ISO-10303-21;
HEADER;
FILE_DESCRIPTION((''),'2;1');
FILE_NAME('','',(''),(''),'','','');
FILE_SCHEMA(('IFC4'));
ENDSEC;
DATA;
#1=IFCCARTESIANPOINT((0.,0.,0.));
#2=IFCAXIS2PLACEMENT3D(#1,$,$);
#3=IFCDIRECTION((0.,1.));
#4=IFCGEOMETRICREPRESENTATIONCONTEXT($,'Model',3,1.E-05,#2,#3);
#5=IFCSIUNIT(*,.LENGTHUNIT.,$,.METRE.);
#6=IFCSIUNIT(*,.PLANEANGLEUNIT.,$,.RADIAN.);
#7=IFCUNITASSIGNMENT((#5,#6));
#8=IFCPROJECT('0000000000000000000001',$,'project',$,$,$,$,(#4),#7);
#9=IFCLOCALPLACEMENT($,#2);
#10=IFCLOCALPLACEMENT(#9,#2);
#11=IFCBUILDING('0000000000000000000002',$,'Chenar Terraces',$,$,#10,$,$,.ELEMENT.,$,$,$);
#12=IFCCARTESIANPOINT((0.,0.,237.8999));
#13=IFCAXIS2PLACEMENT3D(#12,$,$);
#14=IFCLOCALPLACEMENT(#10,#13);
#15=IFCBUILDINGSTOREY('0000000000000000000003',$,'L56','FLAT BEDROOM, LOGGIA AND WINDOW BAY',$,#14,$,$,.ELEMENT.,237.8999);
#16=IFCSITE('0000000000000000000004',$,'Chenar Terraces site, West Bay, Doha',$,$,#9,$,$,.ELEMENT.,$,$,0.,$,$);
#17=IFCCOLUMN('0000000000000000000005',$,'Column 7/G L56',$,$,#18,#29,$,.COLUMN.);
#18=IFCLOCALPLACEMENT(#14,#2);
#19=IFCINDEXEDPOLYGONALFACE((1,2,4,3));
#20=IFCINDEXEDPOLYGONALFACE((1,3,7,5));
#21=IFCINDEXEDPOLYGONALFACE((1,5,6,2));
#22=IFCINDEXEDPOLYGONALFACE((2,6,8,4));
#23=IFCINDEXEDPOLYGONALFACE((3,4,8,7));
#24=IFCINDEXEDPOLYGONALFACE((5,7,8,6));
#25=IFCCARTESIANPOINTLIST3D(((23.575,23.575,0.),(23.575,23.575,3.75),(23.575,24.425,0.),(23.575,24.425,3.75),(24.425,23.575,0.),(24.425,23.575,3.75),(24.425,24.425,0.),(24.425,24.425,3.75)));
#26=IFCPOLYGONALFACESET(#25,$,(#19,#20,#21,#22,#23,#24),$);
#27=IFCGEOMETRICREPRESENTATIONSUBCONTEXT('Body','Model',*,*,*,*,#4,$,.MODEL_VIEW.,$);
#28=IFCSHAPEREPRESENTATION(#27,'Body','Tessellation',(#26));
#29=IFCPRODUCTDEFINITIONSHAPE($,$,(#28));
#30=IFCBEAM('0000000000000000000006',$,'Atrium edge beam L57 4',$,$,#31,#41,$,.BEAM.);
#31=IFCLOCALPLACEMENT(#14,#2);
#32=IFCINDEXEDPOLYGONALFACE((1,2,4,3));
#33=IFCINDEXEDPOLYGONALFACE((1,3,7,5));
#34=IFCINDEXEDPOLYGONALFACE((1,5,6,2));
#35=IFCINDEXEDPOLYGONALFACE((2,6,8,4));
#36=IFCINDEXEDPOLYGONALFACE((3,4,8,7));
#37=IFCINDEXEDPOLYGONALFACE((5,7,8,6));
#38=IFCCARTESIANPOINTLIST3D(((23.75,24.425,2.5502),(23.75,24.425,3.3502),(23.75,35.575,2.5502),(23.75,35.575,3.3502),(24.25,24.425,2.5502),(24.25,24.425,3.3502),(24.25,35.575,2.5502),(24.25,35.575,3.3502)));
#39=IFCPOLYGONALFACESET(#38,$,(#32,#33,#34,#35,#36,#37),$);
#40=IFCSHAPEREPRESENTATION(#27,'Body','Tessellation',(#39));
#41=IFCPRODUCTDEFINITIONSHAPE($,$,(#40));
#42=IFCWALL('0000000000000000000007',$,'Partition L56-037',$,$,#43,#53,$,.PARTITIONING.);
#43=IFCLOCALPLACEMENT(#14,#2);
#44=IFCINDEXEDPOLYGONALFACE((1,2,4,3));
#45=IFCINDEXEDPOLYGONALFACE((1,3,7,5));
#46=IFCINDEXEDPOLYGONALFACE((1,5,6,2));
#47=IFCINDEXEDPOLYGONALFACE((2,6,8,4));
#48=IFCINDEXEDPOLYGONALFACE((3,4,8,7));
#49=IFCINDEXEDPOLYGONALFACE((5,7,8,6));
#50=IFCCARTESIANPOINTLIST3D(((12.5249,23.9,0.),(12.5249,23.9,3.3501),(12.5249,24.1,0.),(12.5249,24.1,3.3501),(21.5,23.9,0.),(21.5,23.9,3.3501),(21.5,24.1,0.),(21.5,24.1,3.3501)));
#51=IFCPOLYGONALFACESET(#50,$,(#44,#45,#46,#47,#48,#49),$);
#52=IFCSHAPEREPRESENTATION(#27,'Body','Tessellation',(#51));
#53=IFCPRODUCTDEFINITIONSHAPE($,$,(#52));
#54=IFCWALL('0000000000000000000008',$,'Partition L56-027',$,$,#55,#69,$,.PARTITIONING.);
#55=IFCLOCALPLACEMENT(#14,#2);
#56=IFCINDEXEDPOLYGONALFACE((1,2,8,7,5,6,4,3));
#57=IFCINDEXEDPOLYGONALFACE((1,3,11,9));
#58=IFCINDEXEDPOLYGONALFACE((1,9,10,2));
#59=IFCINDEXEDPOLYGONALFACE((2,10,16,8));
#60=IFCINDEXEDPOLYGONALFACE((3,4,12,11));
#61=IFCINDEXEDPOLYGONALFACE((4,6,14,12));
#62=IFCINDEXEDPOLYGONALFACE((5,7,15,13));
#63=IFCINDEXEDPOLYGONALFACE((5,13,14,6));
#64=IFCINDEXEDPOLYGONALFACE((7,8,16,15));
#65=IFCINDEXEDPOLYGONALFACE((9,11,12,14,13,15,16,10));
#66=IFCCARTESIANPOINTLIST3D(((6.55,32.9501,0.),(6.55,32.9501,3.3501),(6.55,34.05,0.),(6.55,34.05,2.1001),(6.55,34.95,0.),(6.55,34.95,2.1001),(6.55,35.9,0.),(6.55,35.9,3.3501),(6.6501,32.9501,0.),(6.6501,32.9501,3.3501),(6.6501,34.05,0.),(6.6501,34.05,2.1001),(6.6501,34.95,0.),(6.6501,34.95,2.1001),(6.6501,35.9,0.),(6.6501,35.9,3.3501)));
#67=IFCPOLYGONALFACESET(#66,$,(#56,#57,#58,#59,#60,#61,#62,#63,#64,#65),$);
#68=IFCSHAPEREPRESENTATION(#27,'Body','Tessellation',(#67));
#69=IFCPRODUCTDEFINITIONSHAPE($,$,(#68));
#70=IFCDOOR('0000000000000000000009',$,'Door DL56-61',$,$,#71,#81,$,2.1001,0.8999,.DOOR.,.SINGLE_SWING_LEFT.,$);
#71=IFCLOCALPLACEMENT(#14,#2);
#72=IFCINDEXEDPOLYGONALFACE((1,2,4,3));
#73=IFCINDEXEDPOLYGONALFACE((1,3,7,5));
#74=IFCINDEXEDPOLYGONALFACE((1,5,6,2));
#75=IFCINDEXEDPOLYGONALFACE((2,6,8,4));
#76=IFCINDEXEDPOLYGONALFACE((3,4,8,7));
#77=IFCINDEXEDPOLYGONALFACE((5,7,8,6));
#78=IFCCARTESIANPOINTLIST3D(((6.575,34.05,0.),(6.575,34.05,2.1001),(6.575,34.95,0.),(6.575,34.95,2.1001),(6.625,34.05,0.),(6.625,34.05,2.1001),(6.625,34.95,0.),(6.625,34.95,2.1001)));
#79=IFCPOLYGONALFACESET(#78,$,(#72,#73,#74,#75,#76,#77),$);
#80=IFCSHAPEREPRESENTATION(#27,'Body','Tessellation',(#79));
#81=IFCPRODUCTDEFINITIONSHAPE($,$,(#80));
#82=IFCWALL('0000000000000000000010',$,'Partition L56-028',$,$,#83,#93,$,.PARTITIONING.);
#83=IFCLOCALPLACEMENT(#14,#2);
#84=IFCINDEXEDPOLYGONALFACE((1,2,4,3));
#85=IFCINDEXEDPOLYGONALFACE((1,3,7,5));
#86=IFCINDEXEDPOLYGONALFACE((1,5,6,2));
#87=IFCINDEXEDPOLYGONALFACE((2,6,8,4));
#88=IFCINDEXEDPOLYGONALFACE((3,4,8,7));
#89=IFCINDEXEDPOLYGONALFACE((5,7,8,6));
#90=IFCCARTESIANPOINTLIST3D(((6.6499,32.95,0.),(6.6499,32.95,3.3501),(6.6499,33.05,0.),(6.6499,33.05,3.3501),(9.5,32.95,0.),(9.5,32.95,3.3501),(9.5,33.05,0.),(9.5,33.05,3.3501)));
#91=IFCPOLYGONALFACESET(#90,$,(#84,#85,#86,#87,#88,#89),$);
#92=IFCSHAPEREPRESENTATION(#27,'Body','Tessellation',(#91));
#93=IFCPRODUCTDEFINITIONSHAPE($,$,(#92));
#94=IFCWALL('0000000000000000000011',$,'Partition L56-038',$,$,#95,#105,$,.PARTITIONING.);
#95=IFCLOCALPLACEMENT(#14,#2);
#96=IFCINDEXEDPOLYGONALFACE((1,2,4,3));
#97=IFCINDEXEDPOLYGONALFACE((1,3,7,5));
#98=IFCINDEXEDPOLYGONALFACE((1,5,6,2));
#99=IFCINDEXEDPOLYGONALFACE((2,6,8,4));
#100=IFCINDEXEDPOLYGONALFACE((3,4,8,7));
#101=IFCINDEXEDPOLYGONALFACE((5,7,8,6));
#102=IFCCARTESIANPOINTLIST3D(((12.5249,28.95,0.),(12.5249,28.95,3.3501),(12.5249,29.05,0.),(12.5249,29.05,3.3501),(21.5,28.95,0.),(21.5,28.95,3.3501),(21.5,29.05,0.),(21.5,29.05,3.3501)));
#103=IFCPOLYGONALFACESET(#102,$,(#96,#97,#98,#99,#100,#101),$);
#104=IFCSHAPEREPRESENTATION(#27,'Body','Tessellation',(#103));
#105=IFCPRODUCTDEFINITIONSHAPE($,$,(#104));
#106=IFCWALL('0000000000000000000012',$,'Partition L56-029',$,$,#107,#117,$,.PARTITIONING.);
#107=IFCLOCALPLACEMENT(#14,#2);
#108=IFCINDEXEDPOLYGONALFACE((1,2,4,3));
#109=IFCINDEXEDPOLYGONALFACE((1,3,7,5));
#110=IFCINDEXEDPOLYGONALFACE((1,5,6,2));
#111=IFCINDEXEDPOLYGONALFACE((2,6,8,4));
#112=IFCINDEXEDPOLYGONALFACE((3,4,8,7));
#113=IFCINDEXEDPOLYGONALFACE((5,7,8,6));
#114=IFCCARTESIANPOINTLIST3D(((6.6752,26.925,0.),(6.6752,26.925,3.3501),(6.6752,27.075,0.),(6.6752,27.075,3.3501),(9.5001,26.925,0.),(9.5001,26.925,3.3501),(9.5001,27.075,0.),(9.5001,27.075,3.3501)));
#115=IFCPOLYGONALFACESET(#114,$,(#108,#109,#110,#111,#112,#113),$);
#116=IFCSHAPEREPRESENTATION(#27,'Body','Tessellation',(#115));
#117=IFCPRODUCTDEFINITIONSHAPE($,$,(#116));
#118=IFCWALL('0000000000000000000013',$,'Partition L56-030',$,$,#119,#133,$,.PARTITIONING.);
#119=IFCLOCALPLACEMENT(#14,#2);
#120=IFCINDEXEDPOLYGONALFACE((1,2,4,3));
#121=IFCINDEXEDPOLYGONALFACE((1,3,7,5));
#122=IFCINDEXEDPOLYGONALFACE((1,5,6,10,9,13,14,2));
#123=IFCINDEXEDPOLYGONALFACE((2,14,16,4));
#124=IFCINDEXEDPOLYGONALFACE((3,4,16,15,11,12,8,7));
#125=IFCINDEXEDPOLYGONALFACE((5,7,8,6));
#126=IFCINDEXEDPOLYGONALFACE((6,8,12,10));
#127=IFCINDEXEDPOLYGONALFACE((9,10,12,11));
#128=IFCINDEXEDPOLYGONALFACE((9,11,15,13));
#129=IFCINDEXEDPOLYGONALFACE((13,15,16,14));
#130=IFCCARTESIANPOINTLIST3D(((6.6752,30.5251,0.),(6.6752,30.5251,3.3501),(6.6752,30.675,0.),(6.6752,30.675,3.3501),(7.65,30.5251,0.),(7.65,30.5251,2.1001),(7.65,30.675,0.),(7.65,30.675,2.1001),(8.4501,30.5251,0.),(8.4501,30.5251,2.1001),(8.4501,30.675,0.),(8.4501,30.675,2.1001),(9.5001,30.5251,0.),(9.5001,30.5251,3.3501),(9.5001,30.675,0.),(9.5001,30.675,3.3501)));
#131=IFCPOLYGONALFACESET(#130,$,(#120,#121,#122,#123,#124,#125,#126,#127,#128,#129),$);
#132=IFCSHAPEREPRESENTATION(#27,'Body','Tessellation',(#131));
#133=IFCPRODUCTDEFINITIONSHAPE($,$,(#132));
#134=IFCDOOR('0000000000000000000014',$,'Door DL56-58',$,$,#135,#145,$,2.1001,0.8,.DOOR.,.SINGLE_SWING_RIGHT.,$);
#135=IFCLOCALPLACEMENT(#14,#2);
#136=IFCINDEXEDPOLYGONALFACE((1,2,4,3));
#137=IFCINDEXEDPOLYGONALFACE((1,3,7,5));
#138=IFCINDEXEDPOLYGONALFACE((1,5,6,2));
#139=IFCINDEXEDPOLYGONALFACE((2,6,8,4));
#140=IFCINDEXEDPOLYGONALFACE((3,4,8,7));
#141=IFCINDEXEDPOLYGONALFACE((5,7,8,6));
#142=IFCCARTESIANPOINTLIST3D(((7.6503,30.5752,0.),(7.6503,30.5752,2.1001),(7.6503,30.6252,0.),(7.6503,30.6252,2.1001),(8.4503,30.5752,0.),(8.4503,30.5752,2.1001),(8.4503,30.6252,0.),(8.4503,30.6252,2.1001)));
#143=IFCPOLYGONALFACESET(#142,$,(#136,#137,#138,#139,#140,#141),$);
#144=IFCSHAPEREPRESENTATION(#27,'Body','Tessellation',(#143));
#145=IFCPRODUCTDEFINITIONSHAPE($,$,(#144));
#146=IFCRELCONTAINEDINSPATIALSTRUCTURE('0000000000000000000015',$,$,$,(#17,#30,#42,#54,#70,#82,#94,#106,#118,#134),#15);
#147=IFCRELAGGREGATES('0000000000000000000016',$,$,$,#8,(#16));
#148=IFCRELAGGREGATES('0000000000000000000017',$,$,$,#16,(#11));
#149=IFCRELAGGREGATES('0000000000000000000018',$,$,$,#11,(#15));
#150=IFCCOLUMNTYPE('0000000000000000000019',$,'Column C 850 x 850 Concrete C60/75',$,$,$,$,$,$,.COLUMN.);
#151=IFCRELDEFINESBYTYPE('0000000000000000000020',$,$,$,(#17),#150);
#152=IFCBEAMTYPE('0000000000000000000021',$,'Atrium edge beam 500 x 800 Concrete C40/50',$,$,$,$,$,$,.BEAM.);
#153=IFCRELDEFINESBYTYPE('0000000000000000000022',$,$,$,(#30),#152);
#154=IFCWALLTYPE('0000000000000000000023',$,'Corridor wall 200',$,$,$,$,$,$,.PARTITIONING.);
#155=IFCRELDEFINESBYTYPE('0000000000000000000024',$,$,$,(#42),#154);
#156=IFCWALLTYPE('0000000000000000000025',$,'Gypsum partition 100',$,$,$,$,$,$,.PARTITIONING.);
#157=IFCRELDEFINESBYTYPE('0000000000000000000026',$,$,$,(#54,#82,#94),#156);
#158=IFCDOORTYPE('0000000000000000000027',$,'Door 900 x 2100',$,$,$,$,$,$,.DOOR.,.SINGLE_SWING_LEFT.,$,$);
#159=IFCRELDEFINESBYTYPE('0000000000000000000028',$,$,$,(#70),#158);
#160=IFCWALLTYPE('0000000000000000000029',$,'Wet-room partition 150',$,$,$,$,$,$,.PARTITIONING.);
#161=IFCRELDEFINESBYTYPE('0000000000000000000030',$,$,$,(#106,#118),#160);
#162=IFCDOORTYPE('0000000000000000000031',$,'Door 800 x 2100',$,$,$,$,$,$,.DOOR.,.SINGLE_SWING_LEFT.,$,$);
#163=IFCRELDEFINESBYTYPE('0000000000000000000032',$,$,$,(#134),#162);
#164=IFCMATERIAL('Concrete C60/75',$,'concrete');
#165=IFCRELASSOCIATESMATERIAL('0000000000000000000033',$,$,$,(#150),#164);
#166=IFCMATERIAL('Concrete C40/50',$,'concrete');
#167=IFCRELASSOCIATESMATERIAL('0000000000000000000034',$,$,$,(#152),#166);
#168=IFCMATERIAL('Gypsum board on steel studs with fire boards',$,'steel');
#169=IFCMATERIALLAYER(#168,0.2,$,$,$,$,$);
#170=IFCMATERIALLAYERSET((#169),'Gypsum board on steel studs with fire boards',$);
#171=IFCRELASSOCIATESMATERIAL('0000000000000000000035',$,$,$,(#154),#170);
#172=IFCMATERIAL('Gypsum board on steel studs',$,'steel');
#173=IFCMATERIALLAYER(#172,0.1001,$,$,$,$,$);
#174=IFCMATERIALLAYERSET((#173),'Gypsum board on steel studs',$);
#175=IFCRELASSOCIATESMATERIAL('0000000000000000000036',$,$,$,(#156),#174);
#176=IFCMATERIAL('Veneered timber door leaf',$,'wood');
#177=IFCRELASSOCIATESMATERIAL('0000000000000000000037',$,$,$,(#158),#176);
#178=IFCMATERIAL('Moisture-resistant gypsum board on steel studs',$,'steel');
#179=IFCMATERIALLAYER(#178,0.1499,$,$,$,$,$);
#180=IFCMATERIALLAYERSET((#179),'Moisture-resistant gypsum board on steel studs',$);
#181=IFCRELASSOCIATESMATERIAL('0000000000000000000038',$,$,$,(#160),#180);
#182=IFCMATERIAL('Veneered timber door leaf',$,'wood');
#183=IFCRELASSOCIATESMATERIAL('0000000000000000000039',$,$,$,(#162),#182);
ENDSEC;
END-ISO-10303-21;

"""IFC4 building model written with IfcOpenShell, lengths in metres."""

from ifc_helpers import new_model, si_unit, direction, frame, frame_2d, origin, origin_2d, place, context, subcontext, project, spatial, rectangle, extrude, material, layer, layer_set, material_profile, profile_set, type_object, element, fill, save


model = new_model("IFC4")

# Units and contexts
model_context = context("Model", 3, precision=1e-05, world=origin(), true_north=direction((0.0, 1.0)))
body_context = subcontext(model_context, "Body", "Model", "MODEL_VIEW")
ifc_project = project(units=[si_unit("LENGTHUNIT", "METRE"), si_unit("PLANEANGLEUNIT", "RADIAN")], contexts=[model_context])

# Site, building, storey
site_placement = place(None, origin())
site = spatial("IfcSite", under=ifc_project, at=site_placement, Name="Chenar Terraces site, West Bay, Doha", CompositionType="ELEMENT", RefElevation=0.0)
building_placement = place(site_placement, origin())
building = spatial("IfcBuilding", under=site, at=building_placement, Name="Chenar Terraces", CompositionType="ELEMENT")
storey_placement = place(building_placement, frame((0.0, 0.0, 237.8999)))
storey = spatial("IfcBuildingStorey", under=building, at=storey_placement, Name="L56", Description="FLAT BEDROOM, LOGGIA AND WINDOW BAY", CompositionType="ELEMENT", Elevation=237.8999)

# Column
ifc_material_1 = material(Name="Concrete C60/75", Category="concrete")
ifc_material_profile_1 = material_profile(ifc_material_1, rectangle(XDim=0.8501, YDim=0.8501, at=origin_2d()), Name="C 850 x 850")
ifc_profile_set_1 = profile_set([ifc_material_profile_1], Name="Concrete C60/75")
column_type = type_object("IfcColumnType", Name="Column C 850 x 850 Concrete C60/75", PredefinedType="COLUMN", material=ifc_profile_set_1)
column_placement = place(storey_placement, frame((24.0, 24.0, 0.0), z_axis=(0.0, 0.0, 1.0), x_axis=(1.0, 0.0, 0.0)))
element("IfcColumn", 1, at=column_placement, inside=storey, type_object=column_type, Name="Column 7/G L56", PredefinedType="COLUMN", context=body_context, shape_type="SweptSolid", body=[
    extrude(rectangle(XDim=0.8501, YDim=0.8501, at=origin_2d()), origin(), (0.0, 0.0, 1.0), 3.75),
])

# Beam
ifc_material_2 = material(Name="Concrete C40/50", Category="concrete")
ifc_material_profile_2 = material_profile(ifc_material_2, rectangle(XDim=0.5, YDim=0.8, at=origin_2d()), Name="RC 500 x 800")
ifc_profile_set_2 = profile_set([ifc_material_profile_2], Name="Concrete C40/50")
beam_type = type_object("IfcBeamType", Name="Atrium edge beam 500 x 800 Concrete C40/50", PredefinedType="BEAM", material=ifc_profile_set_2)
beam_placement = place(storey_placement, frame((24.0, 35.575, 2.9502), z_axis=(0.0, -1.0, 0.0), x_axis=(1.0, 0.0, 0.0)))
element("IfcBeam", 2, at=beam_placement, inside=storey, type_object=beam_type, Name="Atrium edge beam L57 4", PredefinedType="BEAM", context=body_context, shape_type="SweptSolid", body=[
    extrude(rectangle(XDim=0.5, YDim=0.8, at=origin_2d()), origin(), (0.0, 0.0, 1.0), 11.1499),
])

# Wall
ifc_material_3 = material(Name="Gypsum board on steel studs with fire boards", Category="steel")
ifc_layer_1 = layer(ifc_material_3, 0.2)
ifc_layer_set_1 = layer_set([ifc_layer_1], Name="Gypsum board on steel studs with fire boards")
wall_type_1 = type_object("IfcWallType", Name="Corridor wall 200", PredefinedType="PARTITIONING", material=ifc_layer_set_1)
wall_1_placement = place(storey_placement, frame((12.5249, 24.0, 0.0), z_axis=(0.0, 0.0, 1.0), x_axis=(1.0, 0.0, 0.0)))
element("IfcWall", 3, at=wall_1_placement, inside=storey, type_object=wall_type_1, Name="Partition L56-037", PredefinedType="PARTITIONING", context=body_context, shape_type="SweptSolid", body=[
    extrude(rectangle(XDim=8.9751, YDim=0.2, at=frame_2d((4.4875, 0.0))), origin(), (0.0, 0.0, 1.0), 3.3501),
])

# Wall, opening, door
ifc_material_4 = material(Name="Gypsum board on steel studs", Category="steel")
ifc_layer_2 = layer(ifc_material_4, 0.1001)
ifc_layer_set_2 = layer_set([ifc_layer_2], Name="Gypsum board on steel studs")
wall_type_2 = type_object("IfcWallType", Name="Gypsum partition 100", PredefinedType="PARTITIONING", material=ifc_layer_set_2)
wall_2_placement = place(storey_placement, frame((6.6001, 32.95, 0.0), z_axis=(0.0, 0.0, 1.0), x_axis=(0.0, 1.0, 0.0)))
wall_2 = element("IfcWall", 4, at=wall_2_placement, inside=storey, type_object=wall_type_2, Name="Partition L56-027", PredefinedType="PARTITIONING", context=body_context, shape_type="SweptSolid", body=[
    extrude(rectangle(XDim=2.95, YDim=0.1001, at=frame_2d((1.4751, 0.0))), origin(), (0.0, 0.0, 1.0), 3.3501),
])
opening_1_placement = place(wall_2_placement, frame((1.1001, 0.0, 0.0)))
opening_1 = element("IfcOpeningElement", 5, at=opening_1_placement, cuts=wall_2, PredefinedType="OPENING", context=body_context, shape_type="SweptSolid", body=[
    extrude(rectangle(XDim=0.8999, YDim=2.1001, at=frame_2d((0.45, 1.05))), frame((0.0, 0.0601, 0.0), z_axis=(0.0, -1.0, 0.0), x_axis=(1.0, 0.0, 0.0)), (0.0, 0.0, 1.0), 0.1201),
])
ifc_material_5 = material(Name="Veneered timber door leaf", Category="wood")
door_type_1 = type_object("IfcDoorType", Name="Door 900 x 2100", OperationType="SINGLE_SWING_LEFT", PredefinedType="DOOR", material=ifc_material_5)
door_1_placement = place(opening_1_placement, frame((0.8999, 0.0, 0.0), z_axis=(0.0, 0.0, 1.0), x_axis=(-1.0, 0.0, 0.0)))
door_1 = element("IfcDoor", 6, at=door_1_placement, inside=storey, type_object=door_type_1, Name="Door DL56-61", OperationType="SINGLE_SWING_LEFT", OverallHeight=2.1001, OverallWidth=0.8999, PredefinedType="DOOR", context=body_context, shape_type="SweptSolid", body=[
    extrude(rectangle(XDim=0.8999, YDim=2.1001, at=frame_2d((0.45, 1.05))), frame((0.0, 0.0249, 0.0), z_axis=(0.0, -1.0, 0.0), x_axis=(1.0, 0.0, 0.0)), (0.0, 0.0, 1.0), 0.05),
])
fill(opening_1, door_1)

# Walls
wall_3_placement = place(storey_placement, frame((6.6499, 33.0, 0.0), z_axis=(0.0, 0.0, 1.0), x_axis=(1.0, 0.0, 0.0)))
element("IfcWall", 7, at=wall_3_placement, inside=storey, type_object=wall_type_2, Name="Partition L56-028", PredefinedType="PARTITIONING", context=body_context, shape_type="SweptSolid", body=[
    extrude(rectangle(XDim=2.8501, YDim=0.1001, at=frame_2d((1.425, 0.0))), origin(), (0.0, 0.0, 1.0), 3.3501),
])
wall_4_placement = place(storey_placement, frame((12.5249, 29.0, 0.0), z_axis=(0.0, 0.0, 1.0), x_axis=(1.0, 0.0, 0.0)))
element("IfcWall", 8, at=wall_4_placement, inside=storey, type_object=wall_type_2, Name="Partition L56-038", PredefinedType="PARTITIONING", context=body_context, shape_type="SweptSolid", body=[
    extrude(rectangle(XDim=8.9751, YDim=0.1001, at=frame_2d((4.4875, 0.0))), origin(), (0.0, 0.0, 1.0), 3.3501),
])
ifc_material_6 = material(Name="Moisture-resistant gypsum board on steel studs", Category="steel")
ifc_layer_3 = layer(ifc_material_6, 0.1499)
ifc_layer_set_3 = layer_set([ifc_layer_3], Name="Moisture-resistant gypsum board on steel studs")
wall_type_3 = type_object("IfcWallType", Name="Wet-room partition 150", PredefinedType="PARTITIONING", material=ifc_layer_set_3)
wall_5_placement = place(storey_placement, frame((6.675, 27.0, 0.0), z_axis=(0.0, 0.0, 1.0), x_axis=(1.0, 0.0, 0.0)))
element("IfcWall", 9, at=wall_5_placement, inside=storey, type_object=wall_type_3, Name="Partition L56-029", PredefinedType="PARTITIONING", context=body_context, shape_type="SweptSolid", body=[
    extrude(rectangle(XDim=2.825, YDim=0.1499, at=frame_2d((1.4126, 0.0))), origin(), (0.0, 0.0, 1.0), 3.3501),
])

# Wall, opening, door
wall_6_placement = place(storey_placement, frame((6.675, 30.6001, 0.0), z_axis=(0.0, 0.0, 1.0), x_axis=(1.0, 0.0, 0.0)))
wall_6 = element("IfcWall", 10, at=wall_6_placement, inside=storey, type_object=wall_type_3, Name="Partition L56-030", PredefinedType="PARTITIONING", context=body_context, shape_type="SweptSolid", body=[
    extrude(rectangle(XDim=2.825, YDim=0.1499, at=frame_2d((1.4126, 0.0))), origin(), (0.0, 0.0, 1.0), 3.3501),
])
opening_2_placement = place(wall_6_placement, frame((0.9751, 0.0, 0.0)))
opening_2 = element("IfcOpeningElement", 11, at=opening_2_placement, cuts=wall_6, PredefinedType="OPENING", context=body_context, shape_type="SweptSolid", body=[
    extrude(rectangle(XDim=0.8, YDim=2.1001, at=frame_2d((0.3999, 1.05))), frame((0.0, 0.085, 0.0), z_axis=(0.0, -1.0, 0.0), x_axis=(1.0, 0.0, 0.0)), (0.0, 0.0, 1.0), 0.1699),
])
ifc_material_7 = material(Name="Veneered timber door leaf", Category="wood")
door_type_2 = type_object("IfcDoorType", Name="Door 800 x 2100", OperationType="SINGLE_SWING_LEFT", PredefinedType="DOOR", material=ifc_material_7)
door_2_placement = place(opening_2_placement, frame((0.8, 0.0, 0.0), z_axis=(0.0, 0.0, 1.0), x_axis=(-1.0, 0.0, 0.0)))
door_2 = element("IfcDoor", 12, at=door_2_placement, inside=storey, type_object=door_type_2, Name="Door DL56-58", OperationType="SINGLE_SWING_RIGHT", OverallHeight=2.1001, OverallWidth=0.8, PredefinedType="DOOR", context=body_context, shape_type="SweptSolid", body=[
    extrude(rectangle(XDim=0.8, YDim=2.1001, at=frame_2d((0.3999, 1.05))), frame((0.0, 0.0249, 0.0), z_axis=(0.0, -1.0, 0.0), x_axis=(1.0, 0.0, 0.0)), (0.0, 0.0, 1.0), 0.05),
])
fill(opening_2, door_2)

save(model, "model.ifc")
